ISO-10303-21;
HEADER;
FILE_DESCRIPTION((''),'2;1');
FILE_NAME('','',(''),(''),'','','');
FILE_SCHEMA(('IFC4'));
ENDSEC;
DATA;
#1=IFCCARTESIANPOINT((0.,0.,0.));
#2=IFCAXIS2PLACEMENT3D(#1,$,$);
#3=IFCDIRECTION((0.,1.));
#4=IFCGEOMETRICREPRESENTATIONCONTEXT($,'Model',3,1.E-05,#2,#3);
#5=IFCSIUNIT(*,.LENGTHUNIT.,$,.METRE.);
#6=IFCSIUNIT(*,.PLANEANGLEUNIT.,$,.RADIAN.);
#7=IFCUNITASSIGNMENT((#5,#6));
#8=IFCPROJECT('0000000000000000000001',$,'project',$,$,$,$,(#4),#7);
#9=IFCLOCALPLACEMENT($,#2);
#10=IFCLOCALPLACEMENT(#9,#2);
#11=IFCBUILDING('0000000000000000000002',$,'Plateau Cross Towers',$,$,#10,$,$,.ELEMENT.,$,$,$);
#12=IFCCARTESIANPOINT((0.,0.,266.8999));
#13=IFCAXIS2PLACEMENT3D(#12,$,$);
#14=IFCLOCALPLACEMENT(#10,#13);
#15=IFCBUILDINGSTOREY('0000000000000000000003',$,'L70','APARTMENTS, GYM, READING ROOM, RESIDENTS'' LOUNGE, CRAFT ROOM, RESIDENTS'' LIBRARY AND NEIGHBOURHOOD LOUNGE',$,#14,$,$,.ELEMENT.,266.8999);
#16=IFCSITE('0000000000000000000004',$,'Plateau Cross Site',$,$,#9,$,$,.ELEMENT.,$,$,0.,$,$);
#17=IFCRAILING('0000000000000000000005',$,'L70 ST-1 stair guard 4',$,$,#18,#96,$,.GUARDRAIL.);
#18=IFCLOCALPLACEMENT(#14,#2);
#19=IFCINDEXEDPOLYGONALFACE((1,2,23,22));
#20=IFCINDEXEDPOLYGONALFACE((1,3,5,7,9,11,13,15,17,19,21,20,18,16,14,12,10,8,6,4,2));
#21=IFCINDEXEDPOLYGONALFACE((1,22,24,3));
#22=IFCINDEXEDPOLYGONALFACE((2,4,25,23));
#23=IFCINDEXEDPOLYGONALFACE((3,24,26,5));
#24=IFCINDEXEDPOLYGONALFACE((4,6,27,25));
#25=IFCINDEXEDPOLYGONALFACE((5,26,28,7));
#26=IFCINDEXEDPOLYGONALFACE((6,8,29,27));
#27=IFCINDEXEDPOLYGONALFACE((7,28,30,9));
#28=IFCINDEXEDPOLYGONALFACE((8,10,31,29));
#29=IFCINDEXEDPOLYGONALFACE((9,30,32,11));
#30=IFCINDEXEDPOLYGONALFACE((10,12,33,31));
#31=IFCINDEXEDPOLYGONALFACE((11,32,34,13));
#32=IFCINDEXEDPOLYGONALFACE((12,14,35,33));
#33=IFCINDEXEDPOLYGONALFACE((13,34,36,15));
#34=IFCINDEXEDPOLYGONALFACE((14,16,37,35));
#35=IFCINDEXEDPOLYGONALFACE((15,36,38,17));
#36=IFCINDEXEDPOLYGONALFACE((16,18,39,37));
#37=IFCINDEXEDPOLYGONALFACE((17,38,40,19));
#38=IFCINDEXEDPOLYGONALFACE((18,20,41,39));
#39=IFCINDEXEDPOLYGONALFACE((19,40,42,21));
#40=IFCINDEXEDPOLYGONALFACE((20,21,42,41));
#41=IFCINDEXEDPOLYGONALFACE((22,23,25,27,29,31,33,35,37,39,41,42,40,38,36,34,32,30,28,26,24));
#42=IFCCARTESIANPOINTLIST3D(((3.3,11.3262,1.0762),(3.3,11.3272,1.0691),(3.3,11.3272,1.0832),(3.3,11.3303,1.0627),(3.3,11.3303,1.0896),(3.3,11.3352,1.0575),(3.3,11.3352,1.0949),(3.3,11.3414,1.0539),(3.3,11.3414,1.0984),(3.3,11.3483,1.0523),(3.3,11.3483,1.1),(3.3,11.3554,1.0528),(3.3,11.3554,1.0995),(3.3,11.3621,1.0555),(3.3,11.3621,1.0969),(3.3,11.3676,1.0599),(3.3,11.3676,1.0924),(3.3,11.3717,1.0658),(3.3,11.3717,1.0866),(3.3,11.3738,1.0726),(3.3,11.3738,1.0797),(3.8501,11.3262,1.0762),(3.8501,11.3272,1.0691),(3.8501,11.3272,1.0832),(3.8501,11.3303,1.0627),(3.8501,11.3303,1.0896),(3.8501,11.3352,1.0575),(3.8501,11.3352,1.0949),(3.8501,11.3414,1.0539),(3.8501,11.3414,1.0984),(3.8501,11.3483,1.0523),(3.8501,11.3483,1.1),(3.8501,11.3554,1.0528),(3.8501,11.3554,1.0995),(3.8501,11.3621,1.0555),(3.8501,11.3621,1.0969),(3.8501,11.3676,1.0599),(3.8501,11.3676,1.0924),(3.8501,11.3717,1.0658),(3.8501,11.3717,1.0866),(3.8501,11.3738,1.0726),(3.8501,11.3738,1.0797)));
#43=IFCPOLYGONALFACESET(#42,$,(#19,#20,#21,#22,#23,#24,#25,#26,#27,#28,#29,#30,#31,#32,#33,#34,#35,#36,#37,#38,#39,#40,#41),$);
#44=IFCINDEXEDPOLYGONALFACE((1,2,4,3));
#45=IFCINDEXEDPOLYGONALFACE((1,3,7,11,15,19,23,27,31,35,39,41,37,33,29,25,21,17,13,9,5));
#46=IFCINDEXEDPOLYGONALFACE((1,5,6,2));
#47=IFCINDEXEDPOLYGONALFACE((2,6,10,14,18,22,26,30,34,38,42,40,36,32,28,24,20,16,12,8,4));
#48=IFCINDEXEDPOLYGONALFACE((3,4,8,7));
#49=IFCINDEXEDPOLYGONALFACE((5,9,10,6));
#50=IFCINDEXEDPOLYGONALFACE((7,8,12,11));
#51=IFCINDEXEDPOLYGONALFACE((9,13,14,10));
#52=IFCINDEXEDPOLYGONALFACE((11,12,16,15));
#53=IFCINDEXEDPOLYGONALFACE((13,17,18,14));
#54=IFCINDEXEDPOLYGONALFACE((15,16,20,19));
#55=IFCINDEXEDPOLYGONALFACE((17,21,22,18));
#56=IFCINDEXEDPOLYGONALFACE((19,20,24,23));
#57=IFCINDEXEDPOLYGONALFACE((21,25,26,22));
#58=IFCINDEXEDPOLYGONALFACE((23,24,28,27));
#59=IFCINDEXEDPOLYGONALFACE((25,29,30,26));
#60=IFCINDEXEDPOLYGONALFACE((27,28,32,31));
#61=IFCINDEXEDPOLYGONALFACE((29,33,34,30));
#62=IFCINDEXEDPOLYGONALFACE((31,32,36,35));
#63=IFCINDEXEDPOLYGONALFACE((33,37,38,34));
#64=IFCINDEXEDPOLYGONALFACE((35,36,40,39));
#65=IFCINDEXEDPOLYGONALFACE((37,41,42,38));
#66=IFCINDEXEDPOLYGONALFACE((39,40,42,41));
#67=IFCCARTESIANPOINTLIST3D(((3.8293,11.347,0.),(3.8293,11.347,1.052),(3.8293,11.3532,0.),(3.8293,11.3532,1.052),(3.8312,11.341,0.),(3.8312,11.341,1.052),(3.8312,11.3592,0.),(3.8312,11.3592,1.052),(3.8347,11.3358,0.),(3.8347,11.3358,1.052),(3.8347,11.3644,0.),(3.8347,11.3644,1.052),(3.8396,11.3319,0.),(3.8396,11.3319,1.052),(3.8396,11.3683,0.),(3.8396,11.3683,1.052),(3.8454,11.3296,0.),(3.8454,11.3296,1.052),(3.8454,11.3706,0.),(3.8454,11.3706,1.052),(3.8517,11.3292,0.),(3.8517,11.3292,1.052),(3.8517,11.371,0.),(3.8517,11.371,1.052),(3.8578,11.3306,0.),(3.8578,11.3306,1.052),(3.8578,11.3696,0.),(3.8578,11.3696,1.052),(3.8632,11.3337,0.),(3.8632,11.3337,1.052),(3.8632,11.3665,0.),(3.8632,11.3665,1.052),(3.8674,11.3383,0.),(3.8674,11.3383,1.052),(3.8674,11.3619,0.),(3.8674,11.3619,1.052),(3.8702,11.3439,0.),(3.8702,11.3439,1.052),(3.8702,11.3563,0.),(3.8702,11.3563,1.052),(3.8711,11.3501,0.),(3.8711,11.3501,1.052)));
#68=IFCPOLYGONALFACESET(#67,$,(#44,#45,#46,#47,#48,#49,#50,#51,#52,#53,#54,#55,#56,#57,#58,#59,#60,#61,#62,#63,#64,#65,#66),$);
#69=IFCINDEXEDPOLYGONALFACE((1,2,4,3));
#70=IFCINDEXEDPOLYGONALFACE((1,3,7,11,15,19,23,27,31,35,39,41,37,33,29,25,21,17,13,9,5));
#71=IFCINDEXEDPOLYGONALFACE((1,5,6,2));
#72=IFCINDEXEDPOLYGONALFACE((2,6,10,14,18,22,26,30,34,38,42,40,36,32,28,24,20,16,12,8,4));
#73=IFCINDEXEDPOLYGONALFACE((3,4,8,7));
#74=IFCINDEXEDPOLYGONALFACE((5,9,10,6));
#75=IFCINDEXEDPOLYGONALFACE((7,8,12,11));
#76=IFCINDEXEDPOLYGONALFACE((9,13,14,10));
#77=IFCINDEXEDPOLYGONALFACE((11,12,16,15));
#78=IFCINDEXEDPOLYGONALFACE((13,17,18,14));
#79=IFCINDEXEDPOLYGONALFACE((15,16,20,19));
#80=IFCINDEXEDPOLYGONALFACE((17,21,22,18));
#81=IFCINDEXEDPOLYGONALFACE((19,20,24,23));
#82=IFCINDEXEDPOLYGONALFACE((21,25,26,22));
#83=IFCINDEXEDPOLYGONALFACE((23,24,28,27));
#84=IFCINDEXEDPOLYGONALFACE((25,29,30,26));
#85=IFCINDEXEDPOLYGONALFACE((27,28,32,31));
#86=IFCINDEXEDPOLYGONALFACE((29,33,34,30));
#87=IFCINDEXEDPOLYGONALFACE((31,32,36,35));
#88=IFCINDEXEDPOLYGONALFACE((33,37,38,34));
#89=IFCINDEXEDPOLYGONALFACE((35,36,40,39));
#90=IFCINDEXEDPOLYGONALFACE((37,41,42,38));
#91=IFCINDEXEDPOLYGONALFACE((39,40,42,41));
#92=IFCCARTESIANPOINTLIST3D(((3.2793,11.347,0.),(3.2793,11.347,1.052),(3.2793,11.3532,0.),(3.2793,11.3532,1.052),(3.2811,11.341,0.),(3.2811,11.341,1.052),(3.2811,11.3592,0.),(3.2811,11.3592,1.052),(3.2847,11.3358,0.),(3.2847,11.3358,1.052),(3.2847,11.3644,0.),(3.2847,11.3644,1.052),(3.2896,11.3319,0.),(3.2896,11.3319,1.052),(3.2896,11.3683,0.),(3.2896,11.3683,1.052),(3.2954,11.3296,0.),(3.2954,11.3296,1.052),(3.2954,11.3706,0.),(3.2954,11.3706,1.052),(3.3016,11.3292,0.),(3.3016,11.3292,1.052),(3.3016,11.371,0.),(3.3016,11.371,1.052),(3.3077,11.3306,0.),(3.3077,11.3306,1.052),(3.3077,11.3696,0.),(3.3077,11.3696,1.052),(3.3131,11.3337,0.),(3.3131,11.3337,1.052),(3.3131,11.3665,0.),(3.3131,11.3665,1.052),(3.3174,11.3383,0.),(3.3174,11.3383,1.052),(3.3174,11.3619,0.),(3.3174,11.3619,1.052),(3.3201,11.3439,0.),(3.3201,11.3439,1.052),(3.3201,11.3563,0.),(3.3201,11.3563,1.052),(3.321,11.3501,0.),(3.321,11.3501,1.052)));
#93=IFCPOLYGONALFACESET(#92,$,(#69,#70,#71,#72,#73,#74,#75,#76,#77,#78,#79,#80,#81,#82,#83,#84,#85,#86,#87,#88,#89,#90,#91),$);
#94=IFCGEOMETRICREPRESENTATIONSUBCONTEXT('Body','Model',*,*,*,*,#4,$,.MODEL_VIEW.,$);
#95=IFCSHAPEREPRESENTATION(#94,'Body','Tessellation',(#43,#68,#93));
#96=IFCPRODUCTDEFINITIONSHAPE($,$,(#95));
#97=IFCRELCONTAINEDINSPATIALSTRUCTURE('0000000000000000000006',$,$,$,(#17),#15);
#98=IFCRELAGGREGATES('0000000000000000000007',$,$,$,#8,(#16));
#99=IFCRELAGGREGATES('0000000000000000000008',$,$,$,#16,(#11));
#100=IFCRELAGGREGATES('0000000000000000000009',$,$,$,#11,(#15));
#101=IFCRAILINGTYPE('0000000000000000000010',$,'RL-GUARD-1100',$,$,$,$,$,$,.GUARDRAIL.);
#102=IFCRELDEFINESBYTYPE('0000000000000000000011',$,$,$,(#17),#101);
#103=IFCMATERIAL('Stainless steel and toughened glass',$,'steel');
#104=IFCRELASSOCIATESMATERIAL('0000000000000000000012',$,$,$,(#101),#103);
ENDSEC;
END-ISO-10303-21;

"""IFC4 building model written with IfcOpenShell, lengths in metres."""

from ifc_helpers import new_model, si_unit, direction, frame, origin, origin_2d, place, context, subcontext, project, spatial, circle, extrude, material, type_object, element, save


model = new_model("IFC4")

# Units and contexts
model_context = context("Model", 3, precision=1e-05, world=origin(), true_north=direction((0.0, 1.0)))
body_context = subcontext(model_context, "Body", "Model", "MODEL_VIEW")
ifc_project = project(units=[si_unit("LENGTHUNIT", "METRE"), si_unit("PLANEANGLEUNIT", "RADIAN")], contexts=[model_context])

# Site, building, storey
site_placement = place(None, origin())
site = spatial("IfcSite", under=ifc_project, at=site_placement, Name="Plateau Cross Site", CompositionType="ELEMENT", RefElevation=0.0)
building_placement = place(site_placement, origin())
building = spatial("IfcBuilding", under=site, at=building_placement, Name="Plateau Cross Towers", CompositionType="ELEMENT")
storey_placement = place(building_placement, frame((0.0, 0.0, 266.8999)))
storey = spatial("IfcBuildingStorey", under=building, at=storey_placement, Name="L70", Description="APARTMENTS, GYM, READING ROOM, RESIDENTS' LOUNGE, CRAFT ROOM, RESIDENTS' LIBRARY AND NEIGHBOURHOOD LOUNGE", CompositionType="ELEMENT", Elevation=266.8999)

# Railing
ifc_material_1 = material(Name="Stainless steel and toughened glass", Category="steel")
railing_type_1 = type_object("IfcRailingType", Name="RL-GUARD-1100", PredefinedType="GUARDRAIL", material=ifc_material_1)
railing_1_placement = place(storey_placement, frame((3.8501, 11.3501, 0.0)))
element("IfcRailing", 1, at=railing_1_placement, inside=storey, type_object=railing_type_1, Name="L70 ST-1 stair guard 4", PredefinedType="GUARDRAIL", context=body_context, shape_type="SweptSolid", body=[
    extrude(circle(Radius=0.0239, at=origin_2d()), frame((0.0, 0.0, 1.0762), z_axis=(-1.0, 0.0, 0.0), x_axis=(0.0, -1.0, 0.0)), (0.0, 0.0, 1.0), 0.55),
    extrude(circle(Radius=0.021, at=origin_2d()), origin(), (0.0, 0.0, 1.0), 1.052),
    extrude(circle(Radius=0.021, at=origin_2d()), frame((-0.55, 0.0, 0.0)), (0.0, 0.0, 1.0), 1.052),
])

save(model, "model.ifc")
